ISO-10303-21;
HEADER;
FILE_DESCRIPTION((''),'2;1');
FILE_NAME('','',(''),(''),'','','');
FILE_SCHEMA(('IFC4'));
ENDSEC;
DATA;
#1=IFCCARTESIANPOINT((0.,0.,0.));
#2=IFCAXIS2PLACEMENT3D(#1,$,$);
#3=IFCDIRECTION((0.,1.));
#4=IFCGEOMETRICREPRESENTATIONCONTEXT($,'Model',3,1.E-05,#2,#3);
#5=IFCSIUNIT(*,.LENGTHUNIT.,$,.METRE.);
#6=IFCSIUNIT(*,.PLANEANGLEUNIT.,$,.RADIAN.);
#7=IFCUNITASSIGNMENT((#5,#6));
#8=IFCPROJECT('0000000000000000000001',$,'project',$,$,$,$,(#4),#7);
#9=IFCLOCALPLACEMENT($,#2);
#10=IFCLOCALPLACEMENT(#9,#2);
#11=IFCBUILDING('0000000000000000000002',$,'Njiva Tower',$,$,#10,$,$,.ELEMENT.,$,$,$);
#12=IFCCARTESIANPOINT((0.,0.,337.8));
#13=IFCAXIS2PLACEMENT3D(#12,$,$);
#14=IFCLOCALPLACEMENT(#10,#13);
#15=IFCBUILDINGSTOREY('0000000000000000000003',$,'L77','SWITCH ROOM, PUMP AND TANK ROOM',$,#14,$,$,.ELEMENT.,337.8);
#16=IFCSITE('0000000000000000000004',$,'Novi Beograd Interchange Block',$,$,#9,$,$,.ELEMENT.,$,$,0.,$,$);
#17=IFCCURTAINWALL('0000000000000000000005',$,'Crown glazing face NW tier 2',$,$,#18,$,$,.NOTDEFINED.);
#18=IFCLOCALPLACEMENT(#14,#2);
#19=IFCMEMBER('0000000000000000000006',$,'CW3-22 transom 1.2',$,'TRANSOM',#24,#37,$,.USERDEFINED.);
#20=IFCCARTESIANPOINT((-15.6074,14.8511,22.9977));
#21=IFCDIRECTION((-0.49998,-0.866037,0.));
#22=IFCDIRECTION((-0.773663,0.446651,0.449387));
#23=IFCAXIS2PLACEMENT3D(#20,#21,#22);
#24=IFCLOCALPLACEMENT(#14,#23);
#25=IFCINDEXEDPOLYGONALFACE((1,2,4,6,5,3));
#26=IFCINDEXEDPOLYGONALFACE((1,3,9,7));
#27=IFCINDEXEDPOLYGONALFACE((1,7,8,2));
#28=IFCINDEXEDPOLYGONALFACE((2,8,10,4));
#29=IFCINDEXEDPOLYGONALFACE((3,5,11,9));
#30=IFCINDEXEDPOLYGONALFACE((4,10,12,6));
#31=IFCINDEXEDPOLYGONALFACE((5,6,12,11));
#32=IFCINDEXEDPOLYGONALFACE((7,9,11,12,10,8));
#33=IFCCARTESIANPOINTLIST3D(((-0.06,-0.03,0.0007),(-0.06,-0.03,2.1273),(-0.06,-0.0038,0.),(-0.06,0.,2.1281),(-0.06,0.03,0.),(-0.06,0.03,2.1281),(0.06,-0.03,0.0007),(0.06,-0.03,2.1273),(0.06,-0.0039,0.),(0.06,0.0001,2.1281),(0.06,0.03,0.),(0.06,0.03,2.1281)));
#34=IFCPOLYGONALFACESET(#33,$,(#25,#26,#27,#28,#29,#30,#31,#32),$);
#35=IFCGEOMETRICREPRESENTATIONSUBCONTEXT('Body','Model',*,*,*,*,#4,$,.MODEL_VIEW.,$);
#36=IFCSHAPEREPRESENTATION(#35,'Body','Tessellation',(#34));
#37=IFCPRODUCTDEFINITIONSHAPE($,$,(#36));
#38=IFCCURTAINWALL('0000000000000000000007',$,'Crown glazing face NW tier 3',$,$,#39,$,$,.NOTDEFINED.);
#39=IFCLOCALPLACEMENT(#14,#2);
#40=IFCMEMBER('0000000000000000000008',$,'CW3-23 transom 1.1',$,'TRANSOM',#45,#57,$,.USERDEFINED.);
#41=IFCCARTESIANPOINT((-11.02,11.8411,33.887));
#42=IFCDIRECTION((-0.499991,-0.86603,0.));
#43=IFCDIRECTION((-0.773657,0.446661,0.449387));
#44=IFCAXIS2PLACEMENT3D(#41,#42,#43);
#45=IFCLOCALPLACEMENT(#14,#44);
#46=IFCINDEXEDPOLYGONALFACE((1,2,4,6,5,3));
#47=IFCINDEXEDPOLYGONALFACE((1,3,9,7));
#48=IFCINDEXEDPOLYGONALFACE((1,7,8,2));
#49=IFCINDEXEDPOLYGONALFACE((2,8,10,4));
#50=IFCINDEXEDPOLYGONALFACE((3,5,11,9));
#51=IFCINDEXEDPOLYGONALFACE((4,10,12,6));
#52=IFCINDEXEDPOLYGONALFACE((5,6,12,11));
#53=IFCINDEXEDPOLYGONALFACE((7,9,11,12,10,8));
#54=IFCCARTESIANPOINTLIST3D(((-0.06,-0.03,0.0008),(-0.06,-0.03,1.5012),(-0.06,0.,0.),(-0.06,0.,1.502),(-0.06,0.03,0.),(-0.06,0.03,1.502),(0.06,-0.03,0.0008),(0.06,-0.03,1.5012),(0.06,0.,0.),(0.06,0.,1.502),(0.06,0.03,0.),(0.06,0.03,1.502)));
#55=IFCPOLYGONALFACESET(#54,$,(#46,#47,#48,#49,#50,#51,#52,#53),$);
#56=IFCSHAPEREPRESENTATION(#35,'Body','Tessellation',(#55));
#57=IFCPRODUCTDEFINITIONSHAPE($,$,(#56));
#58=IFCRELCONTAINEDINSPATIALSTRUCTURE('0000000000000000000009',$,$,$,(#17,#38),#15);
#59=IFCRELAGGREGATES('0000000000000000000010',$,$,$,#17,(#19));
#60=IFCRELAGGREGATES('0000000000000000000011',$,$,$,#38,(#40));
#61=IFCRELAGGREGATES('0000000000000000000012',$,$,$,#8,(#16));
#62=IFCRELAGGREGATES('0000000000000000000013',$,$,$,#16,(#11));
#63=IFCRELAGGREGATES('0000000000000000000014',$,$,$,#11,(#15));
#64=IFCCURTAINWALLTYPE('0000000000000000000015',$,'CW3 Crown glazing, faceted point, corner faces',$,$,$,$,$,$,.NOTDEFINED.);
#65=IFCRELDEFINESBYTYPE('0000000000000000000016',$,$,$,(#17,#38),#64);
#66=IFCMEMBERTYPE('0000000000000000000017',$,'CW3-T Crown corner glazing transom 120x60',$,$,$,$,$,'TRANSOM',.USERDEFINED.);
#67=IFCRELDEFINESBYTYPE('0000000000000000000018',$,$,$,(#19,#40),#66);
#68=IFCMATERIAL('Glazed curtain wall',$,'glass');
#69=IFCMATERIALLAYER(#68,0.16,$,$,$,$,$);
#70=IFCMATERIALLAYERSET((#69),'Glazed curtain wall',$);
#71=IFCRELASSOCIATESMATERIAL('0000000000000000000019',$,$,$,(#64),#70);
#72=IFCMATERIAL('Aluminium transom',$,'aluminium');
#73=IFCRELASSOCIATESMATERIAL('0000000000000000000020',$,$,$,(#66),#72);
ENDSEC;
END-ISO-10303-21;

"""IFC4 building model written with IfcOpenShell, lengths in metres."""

from ifc_helpers import new_model, si_unit, direction, frame, origin, origin_2d, place, context, subcontext, project, spatial, rectangle, extrude, clip, halfspace, material, layer, layer_set, material_profile, profile_set, type_object, element, aggregate, save


model = new_model("IFC4")

# Units and contexts
model_context = context("Model", 3, precision=1e-05, world=origin(), true_north=direction((0.0, 1.0)))
body_context = subcontext(model_context, "Body", "Model", "MODEL_VIEW")
ifc_project = project(units=[si_unit("LENGTHUNIT", "METRE"), si_unit("PLANEANGLEUNIT", "RADIAN")], contexts=[model_context])

# Site, building, storey
site_placement = place(None, origin())
site = spatial("IfcSite", under=ifc_project, at=site_placement, Name="Novi Beograd Interchange Block", CompositionType="ELEMENT", RefElevation=0.0)
building_placement = place(site_placement, origin())
building = spatial("IfcBuilding", under=site, at=building_placement, Name="Njiva Tower", CompositionType="ELEMENT")
storey_placement = place(building_placement, frame((0.0, 0.0, 337.8)))
storey = spatial("IfcBuildingStorey", under=building, at=storey_placement, Name="L77", Description="SWITCH ROOM, PUMP AND TANK ROOM", CompositionType="ELEMENT", Elevation=337.8)

# Shared definitions
ifc_material_1 = material(Name="Glazed curtain wall", Category="glass")

# Shared definitions
ifc_material_2 = material(Name="Aluminium transom", Category="aluminium")

# Curtain wall, member
ifc_layer_1 = layer(ifc_material_1, 0.16)
ifc_layer_set_1 = layer_set([ifc_layer_1], Name="Glazed curtain wall")
curtain_wall_type_1 = type_object("IfcCurtainWallType", Name="CW3 Crown glazing, faceted point, corner faces", PredefinedType="NOTDEFINED", material=ifc_layer_set_1)
curtain_wall_1_placement = place(storey_placement, origin())
curtain_wall_1 = element("IfcCurtainWall", 1, at=curtain_wall_1_placement, inside=storey, type_object=curtain_wall_type_1, Name="Crown glazing face NW tier 2", PredefinedType="NOTDEFINED")
ifc_material_profile_1 = material_profile(ifc_material_2, rectangle(XDim=0.12, YDim=0.06, at=origin_2d()), Name="RECT 120x60")
ifc_profile_set_1 = profile_set([ifc_material_profile_1], Name="Aluminium transom")
member_type_1 = type_object("IfcMemberType", Name="CW3-T Crown corner glazing transom 120x60", ElementType="TRANSOM", PredefinedType="USERDEFINED", material=ifc_profile_set_1)
member_1_placement = place(storey_placement, frame((-15.6074, 14.8511, 22.9977), z_axis=(-0.49998, -0.866037, 0.0), x_axis=(-0.773663, 0.446651, 0.449387)))
member_1 = element("IfcMember", 2, at=member_1_placement, type_object=member_type_1, Name="CW3-22 transom 1.2", ObjectType="TRANSOM", PredefinedType="USERDEFINED", context=body_context, shape_type="Clipping", body=[
    clip(clip(extrude(rectangle(XDim=0.12, YDim=0.06, at=origin_2d()), origin(), (0.0, 0.0, 1.0), 2.1281), halfspace(frame((0.06, 0.0, -0.0001), z_axis=(-0.000021, -0.025685, -0.99967), x_axis=(0.0, -0.99967, 0.025685)), False)), halfspace(frame((0.06, 0.0001, 2.1281), z_axis=(0.000021, -0.025665, 0.999671), x_axis=(0.0, 0.999671, 0.025665)), False)),
])

# Curtain wall, member
curtain_wall_2_placement = place(storey_placement, origin())
curtain_wall_2 = element("IfcCurtainWall", 3, at=curtain_wall_2_placement, inside=storey, type_object=curtain_wall_type_1, Name="Crown glazing face NW tier 3", PredefinedType="NOTDEFINED")
member_2_placement = place(storey_placement, frame((-11.02, 11.8411, 33.887), z_axis=(-0.499991, -0.86603, 0.0), x_axis=(-0.773657, 0.446661, 0.449387)))
member_2 = element("IfcMember", 4, at=member_2_placement, type_object=member_type_1, Name="CW3-23 transom 1.1", ObjectType="TRANSOM", PredefinedType="USERDEFINED", context=body_context, shape_type="Clipping", body=[
    clip(clip(extrude(rectangle(XDim=0.12, YDim=0.06, at=origin_2d()), origin(), (0.0, 0.0, 1.0), 1.502), halfspace(frame((0.06, 0.0, 0.0), z_axis=(-0.000009, -0.025679, -0.99967), x_axis=(0.0, -0.99967, 0.025679)), False)), halfspace(frame((0.06, 0.0, 1.502), z_axis=(0.000009, -0.02567, 0.99967), x_axis=(0.0, 0.99967, 0.02567)), False)),
])

aggregate(curtain_wall_1, [member_1])
aggregate(curtain_wall_2, [member_2])

save(model, "model.ifc")
